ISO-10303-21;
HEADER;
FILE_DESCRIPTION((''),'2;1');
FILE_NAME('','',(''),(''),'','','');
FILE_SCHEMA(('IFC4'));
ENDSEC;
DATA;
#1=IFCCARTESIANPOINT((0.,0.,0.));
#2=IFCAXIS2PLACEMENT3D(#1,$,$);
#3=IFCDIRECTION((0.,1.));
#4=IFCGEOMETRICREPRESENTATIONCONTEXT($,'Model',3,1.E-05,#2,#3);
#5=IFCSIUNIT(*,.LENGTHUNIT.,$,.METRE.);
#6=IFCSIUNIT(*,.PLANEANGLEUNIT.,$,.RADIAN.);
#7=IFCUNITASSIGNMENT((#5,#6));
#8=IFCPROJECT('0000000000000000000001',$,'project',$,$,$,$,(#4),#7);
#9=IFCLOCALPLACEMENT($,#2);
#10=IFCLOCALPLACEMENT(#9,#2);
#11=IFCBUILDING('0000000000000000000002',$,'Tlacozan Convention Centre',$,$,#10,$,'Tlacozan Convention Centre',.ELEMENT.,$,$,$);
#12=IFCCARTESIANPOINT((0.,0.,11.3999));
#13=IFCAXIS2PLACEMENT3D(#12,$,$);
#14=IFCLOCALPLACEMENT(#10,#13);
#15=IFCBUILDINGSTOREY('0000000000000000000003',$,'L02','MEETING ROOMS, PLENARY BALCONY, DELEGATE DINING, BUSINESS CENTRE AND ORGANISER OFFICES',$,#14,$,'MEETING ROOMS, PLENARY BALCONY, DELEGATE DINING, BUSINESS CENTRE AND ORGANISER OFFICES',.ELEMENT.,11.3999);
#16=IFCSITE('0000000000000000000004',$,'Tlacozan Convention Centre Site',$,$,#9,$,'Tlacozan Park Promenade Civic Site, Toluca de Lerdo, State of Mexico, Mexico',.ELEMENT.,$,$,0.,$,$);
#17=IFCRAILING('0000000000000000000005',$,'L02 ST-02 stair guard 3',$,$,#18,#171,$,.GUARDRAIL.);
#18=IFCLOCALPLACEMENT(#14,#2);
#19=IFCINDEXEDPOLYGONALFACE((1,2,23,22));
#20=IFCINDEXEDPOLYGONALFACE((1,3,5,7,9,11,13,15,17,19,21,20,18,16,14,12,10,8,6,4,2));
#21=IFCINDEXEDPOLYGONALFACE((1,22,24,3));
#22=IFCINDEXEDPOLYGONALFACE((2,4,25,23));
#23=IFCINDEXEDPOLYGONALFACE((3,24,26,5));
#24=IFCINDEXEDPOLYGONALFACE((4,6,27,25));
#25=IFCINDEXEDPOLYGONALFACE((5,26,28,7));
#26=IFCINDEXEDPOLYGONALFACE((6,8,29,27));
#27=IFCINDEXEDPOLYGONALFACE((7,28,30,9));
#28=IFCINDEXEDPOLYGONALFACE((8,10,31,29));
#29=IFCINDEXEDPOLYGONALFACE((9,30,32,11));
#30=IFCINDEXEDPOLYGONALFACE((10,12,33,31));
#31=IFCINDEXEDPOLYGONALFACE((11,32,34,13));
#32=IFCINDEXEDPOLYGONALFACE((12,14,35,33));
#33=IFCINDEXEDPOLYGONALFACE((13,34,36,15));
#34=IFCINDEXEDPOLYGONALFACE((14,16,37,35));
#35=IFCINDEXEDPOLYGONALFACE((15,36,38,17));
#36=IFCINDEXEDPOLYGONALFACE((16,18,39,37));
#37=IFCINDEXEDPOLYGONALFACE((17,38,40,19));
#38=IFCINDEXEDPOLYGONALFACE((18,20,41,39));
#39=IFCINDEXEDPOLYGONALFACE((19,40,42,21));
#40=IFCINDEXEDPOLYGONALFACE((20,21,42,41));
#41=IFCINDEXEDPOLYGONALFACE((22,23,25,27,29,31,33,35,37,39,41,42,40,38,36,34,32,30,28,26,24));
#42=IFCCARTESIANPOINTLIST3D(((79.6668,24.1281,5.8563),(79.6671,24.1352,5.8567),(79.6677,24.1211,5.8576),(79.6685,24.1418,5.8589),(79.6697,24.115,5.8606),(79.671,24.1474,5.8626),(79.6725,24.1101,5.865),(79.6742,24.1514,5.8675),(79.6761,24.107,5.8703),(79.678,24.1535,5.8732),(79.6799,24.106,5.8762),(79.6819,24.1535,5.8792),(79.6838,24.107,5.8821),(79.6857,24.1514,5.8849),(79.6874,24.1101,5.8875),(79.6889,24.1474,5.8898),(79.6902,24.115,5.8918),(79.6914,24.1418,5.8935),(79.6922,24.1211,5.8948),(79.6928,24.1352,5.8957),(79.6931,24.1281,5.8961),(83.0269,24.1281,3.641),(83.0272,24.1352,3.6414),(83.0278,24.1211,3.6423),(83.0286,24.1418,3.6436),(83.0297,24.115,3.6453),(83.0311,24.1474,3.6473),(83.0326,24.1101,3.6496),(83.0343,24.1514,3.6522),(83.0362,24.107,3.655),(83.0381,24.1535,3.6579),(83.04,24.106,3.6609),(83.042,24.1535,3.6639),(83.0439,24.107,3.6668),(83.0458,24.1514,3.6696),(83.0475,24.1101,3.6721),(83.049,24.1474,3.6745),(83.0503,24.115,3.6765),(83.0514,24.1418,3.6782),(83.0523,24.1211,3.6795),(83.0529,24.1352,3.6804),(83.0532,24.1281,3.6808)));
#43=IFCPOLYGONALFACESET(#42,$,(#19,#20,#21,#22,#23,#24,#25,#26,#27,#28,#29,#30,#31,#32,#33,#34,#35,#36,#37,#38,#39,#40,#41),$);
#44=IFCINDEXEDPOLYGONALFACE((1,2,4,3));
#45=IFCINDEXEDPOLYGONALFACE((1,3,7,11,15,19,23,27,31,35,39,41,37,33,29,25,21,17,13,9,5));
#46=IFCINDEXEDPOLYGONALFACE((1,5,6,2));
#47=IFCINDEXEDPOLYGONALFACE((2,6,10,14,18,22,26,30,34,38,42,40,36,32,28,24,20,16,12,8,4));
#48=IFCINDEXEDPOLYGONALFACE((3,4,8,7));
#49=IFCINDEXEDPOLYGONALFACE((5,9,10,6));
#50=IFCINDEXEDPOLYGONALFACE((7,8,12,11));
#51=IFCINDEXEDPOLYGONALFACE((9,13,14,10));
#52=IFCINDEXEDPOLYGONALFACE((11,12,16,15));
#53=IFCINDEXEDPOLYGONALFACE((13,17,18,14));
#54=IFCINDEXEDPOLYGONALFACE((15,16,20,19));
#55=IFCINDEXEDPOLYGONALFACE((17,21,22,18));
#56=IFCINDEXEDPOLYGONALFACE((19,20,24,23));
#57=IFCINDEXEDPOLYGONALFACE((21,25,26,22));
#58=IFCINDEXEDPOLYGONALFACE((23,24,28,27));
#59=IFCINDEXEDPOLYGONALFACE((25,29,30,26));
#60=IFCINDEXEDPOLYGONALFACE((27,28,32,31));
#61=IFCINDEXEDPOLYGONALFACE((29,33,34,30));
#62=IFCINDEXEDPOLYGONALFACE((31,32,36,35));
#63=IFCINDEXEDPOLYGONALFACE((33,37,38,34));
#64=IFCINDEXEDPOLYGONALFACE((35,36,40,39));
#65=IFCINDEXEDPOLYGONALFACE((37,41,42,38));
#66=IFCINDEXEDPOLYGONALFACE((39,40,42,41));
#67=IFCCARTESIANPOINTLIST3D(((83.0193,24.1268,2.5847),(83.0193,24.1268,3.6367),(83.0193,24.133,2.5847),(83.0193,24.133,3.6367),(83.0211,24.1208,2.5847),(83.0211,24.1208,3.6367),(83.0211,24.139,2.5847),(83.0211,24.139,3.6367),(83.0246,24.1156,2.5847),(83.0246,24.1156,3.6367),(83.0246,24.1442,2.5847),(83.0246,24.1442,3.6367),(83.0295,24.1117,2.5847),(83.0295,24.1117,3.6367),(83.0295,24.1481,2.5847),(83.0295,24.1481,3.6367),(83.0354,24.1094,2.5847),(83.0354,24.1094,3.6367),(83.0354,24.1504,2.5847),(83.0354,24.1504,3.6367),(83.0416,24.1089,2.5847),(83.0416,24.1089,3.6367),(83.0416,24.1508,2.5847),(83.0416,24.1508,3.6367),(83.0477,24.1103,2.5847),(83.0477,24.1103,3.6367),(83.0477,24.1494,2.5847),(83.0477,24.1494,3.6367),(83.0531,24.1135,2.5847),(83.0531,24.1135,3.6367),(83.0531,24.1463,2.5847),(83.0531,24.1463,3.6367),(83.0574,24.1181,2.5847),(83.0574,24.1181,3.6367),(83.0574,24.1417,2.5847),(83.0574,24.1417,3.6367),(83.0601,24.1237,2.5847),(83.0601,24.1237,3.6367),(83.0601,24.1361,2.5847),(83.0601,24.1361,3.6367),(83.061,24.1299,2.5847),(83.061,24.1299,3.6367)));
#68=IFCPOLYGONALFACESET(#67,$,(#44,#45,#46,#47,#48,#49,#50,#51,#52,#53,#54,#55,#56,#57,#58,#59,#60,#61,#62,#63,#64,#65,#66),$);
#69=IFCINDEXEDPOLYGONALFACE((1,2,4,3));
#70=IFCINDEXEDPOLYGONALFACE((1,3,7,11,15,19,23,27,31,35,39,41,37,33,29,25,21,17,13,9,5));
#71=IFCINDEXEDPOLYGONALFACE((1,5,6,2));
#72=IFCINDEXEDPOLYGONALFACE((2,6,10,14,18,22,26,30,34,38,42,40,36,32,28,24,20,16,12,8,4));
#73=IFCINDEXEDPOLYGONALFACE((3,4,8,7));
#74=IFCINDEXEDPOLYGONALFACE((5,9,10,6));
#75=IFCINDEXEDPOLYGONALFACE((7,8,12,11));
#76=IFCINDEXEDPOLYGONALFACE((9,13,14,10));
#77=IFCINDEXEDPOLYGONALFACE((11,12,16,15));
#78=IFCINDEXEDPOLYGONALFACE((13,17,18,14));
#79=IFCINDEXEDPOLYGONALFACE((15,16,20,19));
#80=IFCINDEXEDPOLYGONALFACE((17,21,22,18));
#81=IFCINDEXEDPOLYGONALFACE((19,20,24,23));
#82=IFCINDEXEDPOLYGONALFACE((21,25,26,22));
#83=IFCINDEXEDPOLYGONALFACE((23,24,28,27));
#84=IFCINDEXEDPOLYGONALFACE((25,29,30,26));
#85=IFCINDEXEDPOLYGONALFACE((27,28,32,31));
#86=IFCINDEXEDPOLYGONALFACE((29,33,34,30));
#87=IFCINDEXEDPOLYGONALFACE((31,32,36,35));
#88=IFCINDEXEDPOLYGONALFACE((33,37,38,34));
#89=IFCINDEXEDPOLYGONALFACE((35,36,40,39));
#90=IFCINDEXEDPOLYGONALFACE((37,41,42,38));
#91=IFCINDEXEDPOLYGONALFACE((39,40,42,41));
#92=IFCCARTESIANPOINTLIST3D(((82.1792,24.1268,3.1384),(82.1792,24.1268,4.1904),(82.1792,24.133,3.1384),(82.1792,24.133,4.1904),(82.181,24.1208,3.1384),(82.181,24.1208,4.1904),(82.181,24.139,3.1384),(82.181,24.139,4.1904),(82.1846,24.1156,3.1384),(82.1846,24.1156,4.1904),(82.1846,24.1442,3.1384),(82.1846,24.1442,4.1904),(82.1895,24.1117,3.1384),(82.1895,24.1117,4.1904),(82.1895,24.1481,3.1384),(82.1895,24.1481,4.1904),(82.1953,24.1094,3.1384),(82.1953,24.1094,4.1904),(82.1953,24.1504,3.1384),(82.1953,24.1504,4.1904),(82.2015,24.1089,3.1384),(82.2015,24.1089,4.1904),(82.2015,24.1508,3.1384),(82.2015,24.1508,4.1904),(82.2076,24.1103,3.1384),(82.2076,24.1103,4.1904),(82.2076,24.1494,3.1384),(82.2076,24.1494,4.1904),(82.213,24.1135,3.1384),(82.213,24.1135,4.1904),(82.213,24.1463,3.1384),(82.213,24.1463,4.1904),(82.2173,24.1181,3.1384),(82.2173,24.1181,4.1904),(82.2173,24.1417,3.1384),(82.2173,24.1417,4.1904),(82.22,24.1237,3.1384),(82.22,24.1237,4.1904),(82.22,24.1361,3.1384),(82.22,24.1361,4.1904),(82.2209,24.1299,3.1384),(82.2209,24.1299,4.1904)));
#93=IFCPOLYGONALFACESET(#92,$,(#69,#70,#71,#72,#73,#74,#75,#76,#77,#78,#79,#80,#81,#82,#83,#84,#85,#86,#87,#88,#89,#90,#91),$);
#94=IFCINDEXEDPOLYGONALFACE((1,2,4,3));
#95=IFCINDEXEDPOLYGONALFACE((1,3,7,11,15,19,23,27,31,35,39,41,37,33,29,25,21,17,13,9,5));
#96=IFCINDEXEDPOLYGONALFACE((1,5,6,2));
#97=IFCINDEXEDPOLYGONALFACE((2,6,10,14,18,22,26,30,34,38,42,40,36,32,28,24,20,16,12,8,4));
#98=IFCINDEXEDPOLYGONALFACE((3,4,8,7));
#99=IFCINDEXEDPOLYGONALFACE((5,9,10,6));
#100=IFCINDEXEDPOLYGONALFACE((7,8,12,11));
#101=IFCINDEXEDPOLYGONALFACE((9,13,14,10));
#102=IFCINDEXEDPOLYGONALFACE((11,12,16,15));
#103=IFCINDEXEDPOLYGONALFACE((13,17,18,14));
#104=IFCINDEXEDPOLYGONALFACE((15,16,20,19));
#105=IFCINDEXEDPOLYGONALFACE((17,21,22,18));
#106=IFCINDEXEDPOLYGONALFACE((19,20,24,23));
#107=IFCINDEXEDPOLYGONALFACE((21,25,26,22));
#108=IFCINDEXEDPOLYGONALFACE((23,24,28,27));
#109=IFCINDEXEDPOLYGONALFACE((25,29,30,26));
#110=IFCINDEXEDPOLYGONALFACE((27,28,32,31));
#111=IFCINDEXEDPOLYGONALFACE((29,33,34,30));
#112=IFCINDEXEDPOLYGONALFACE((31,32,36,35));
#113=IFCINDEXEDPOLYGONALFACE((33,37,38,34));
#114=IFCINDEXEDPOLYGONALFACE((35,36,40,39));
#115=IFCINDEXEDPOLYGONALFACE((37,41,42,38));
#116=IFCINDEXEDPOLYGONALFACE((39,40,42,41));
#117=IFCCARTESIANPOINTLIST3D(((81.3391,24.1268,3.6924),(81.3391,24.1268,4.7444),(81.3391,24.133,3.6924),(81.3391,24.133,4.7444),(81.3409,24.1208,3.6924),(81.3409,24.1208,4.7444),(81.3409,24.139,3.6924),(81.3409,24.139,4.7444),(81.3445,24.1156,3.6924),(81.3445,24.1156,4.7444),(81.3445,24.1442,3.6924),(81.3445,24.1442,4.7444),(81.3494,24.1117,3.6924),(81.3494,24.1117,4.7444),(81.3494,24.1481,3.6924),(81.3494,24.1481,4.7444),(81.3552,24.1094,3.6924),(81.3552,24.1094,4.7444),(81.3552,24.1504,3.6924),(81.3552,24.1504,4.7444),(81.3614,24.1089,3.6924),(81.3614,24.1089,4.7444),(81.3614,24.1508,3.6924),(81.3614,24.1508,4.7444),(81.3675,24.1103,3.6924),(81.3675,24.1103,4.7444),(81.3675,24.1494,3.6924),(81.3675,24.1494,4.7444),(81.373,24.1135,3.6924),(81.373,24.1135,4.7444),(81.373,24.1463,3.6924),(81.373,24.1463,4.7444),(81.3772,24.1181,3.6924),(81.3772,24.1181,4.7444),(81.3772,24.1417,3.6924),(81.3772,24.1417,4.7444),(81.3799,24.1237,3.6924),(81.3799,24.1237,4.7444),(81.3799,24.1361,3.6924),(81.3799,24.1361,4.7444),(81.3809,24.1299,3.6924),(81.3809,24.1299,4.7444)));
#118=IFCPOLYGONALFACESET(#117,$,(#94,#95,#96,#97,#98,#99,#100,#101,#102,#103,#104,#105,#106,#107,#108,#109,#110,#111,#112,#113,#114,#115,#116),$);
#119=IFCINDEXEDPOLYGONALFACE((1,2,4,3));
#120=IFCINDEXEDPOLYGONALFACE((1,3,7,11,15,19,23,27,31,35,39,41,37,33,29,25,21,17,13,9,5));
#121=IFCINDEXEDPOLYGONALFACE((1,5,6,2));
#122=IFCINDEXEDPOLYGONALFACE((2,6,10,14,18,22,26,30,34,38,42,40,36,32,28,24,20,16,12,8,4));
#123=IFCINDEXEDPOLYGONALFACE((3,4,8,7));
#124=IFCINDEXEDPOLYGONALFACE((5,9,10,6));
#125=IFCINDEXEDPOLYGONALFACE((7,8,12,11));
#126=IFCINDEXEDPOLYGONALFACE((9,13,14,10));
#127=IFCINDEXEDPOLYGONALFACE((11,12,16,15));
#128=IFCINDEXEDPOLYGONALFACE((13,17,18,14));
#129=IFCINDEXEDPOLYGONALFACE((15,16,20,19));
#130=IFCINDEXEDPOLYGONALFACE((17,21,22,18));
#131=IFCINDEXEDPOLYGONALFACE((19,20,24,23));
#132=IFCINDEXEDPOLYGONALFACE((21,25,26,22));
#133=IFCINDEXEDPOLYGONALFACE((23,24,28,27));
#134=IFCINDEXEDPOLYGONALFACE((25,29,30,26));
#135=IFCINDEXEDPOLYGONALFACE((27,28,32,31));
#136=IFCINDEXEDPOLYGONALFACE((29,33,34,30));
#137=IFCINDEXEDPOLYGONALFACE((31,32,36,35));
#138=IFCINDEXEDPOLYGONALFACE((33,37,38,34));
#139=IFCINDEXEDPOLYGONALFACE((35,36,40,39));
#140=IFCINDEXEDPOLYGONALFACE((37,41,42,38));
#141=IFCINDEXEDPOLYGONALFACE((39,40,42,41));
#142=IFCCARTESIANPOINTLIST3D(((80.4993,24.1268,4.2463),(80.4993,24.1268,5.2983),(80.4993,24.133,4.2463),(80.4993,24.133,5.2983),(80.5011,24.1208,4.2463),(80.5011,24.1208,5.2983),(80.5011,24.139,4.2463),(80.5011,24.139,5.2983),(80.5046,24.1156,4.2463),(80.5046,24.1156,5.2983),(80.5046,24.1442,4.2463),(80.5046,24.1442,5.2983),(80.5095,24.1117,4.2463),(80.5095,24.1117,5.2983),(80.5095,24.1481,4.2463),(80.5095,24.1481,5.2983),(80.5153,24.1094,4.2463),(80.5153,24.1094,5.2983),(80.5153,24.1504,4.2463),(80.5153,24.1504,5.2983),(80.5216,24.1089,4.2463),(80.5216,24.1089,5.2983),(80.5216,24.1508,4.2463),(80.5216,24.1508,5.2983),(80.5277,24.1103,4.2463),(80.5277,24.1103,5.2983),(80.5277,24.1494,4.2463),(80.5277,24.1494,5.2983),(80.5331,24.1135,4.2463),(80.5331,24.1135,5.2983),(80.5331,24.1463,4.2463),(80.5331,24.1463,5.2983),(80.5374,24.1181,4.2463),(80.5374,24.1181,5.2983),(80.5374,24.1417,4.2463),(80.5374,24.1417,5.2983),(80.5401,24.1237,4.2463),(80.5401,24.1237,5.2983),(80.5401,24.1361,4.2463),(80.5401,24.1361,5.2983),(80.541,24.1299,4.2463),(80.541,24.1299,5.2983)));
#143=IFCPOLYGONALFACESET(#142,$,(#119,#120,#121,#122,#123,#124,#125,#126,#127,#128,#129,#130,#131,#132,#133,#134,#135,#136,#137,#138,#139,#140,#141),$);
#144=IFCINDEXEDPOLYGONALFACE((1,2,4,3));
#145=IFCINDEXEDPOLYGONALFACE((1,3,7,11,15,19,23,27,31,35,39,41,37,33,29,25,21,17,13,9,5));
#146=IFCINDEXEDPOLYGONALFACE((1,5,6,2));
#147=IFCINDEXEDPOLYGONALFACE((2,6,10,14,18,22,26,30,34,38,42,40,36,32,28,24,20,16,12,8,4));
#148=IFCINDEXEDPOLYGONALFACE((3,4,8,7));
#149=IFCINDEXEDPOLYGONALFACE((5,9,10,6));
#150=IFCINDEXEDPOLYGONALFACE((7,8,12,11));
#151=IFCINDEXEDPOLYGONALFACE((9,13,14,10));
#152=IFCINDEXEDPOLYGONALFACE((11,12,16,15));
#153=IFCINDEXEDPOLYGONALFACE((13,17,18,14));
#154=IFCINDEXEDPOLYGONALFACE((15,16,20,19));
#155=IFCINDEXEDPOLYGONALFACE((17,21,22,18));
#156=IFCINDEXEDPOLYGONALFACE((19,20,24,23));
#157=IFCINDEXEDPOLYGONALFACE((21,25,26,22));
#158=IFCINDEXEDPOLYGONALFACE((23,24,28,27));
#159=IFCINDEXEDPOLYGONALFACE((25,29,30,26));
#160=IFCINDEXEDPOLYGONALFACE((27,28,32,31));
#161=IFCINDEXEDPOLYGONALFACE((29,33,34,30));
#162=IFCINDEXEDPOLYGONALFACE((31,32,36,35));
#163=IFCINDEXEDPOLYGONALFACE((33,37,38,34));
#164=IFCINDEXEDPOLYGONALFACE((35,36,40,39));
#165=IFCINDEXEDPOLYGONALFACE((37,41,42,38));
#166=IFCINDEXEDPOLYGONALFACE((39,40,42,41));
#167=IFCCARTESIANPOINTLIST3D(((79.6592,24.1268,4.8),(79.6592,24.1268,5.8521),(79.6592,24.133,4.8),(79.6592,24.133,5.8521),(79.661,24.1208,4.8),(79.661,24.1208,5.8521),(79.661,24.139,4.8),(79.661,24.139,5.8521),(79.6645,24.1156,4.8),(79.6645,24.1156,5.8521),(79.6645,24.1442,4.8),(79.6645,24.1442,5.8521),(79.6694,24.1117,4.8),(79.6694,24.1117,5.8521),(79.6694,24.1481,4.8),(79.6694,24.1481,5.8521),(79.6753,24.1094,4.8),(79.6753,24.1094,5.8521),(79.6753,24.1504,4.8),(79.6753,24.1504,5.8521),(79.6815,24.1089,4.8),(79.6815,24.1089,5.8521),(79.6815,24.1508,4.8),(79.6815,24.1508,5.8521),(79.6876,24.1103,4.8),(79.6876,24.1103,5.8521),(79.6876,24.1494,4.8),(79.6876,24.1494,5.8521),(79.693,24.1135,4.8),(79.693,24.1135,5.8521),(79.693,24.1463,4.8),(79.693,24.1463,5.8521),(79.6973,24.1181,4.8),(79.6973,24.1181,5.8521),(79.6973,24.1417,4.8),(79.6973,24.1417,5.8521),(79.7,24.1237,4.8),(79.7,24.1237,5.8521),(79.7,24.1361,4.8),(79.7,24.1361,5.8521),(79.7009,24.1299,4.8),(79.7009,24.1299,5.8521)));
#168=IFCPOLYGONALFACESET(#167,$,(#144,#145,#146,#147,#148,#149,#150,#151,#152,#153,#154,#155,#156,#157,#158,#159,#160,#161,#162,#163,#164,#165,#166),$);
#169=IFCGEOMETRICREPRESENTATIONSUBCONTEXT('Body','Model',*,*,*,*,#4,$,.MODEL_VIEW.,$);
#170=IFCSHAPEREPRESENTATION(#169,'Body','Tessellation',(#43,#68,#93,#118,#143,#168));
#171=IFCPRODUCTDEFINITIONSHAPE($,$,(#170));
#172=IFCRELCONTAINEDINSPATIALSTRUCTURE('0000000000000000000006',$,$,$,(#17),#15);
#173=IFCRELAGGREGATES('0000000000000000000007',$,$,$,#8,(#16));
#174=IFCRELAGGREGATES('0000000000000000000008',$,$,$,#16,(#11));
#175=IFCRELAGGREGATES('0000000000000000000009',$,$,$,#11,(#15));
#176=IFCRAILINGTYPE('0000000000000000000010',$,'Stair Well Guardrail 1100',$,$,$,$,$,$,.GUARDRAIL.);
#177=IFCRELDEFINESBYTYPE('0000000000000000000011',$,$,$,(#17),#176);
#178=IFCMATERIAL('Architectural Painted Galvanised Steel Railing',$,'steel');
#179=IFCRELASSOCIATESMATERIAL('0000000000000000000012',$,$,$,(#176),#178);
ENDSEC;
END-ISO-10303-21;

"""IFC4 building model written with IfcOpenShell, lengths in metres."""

from ifc_helpers import new_model, si_unit, direction, frame, origin, origin_2d, place, context, subcontext, project, spatial, circle, extrude, material, type_object, element, save


model = new_model("IFC4")

# Units and contexts
model_context = context("Model", 3, precision=1e-05, world=origin(), true_north=direction((0.0, 1.0)))
body_context = subcontext(model_context, "Body", "Model", "MODEL_VIEW")
ifc_project = project(units=[si_unit("LENGTHUNIT", "METRE"), si_unit("PLANEANGLEUNIT", "RADIAN")], contexts=[model_context])

# Site, building, storey
site_placement = place(None, origin())
site = spatial("IfcSite", under=ifc_project, at=site_placement, Name="Tlacozan Convention Centre Site", LongName="Tlacozan Park Promenade Civic Site, Toluca de Lerdo, State of Mexico, Mexico", CompositionType="ELEMENT", RefElevation=0.0)
building_placement = place(site_placement, origin())
building = spatial("IfcBuilding", under=site, at=building_placement, Name="Tlacozan Convention Centre", LongName="Tlacozan Convention Centre", CompositionType="ELEMENT")
storey_placement = place(building_placement, frame((0.0, 0.0, 11.3999)))
storey = spatial("IfcBuildingStorey", under=building, at=storey_placement, Name="L02", Description="MEETING ROOMS, PLENARY BALCONY, DELEGATE DINING, BUSINESS CENTRE AND ORGANISER OFFICES", LongName="MEETING ROOMS, PLENARY BALCONY, DELEGATE DINING, BUSINESS CENTRE AND ORGANISER OFFICES", CompositionType="ELEMENT", Elevation=11.3999)

# Railing
ifc_material_1 = material(Name="Architectural Painted Galvanised Steel Railing", Category="steel")
railing_type_1 = type_object("IfcRailingType", Name="Stair Well Guardrail 1100", PredefinedType="GUARDRAIL", material=ifc_material_1)
railing_1_placement = place(storey_placement, frame((83.04, 24.1299, 2.5847)))
element("IfcRailing", 1, at=railing_1_placement, inside=storey, type_object=railing_type_1, Name="L02 ST-02 stair guard 3", PredefinedType="GUARDRAIL", context=body_context, shape_type="SweptSolid", body=[
    extrude(circle(Radius=0.0239, at=origin_2d()), frame((0.0, 0.0, 1.0762), z_axis=(-0.834876, 0.0, 0.550437), x_axis=(0.0, -1.0, 0.0)), (0.0, 0.0, 1.0), 4.0247),
    extrude(circle(Radius=0.021, at=origin_2d()), origin(), (0.0, 0.0, 1.0), 1.052),
    extrude(circle(Radius=0.021, at=origin_2d()), frame((-0.8401, 0.0, 0.5537)), (0.0, 0.0, 1.0), 1.052),
    extrude(circle(Radius=0.021, at=origin_2d()), frame((-1.6802, 0.0, 1.1077)), (0.0, 0.0, 1.0), 1.052),
    extrude(circle(Radius=0.021, at=origin_2d()), frame((-2.52, 0.0, 1.6616)), (0.0, 0.0, 1.0), 1.052),
    extrude(circle(Radius=0.021, at=origin_2d()), frame((-3.3601, 0.0, 2.2153)), (0.0, 0.0, 1.0), 1.052),
])

save(model, "model.ifc")
